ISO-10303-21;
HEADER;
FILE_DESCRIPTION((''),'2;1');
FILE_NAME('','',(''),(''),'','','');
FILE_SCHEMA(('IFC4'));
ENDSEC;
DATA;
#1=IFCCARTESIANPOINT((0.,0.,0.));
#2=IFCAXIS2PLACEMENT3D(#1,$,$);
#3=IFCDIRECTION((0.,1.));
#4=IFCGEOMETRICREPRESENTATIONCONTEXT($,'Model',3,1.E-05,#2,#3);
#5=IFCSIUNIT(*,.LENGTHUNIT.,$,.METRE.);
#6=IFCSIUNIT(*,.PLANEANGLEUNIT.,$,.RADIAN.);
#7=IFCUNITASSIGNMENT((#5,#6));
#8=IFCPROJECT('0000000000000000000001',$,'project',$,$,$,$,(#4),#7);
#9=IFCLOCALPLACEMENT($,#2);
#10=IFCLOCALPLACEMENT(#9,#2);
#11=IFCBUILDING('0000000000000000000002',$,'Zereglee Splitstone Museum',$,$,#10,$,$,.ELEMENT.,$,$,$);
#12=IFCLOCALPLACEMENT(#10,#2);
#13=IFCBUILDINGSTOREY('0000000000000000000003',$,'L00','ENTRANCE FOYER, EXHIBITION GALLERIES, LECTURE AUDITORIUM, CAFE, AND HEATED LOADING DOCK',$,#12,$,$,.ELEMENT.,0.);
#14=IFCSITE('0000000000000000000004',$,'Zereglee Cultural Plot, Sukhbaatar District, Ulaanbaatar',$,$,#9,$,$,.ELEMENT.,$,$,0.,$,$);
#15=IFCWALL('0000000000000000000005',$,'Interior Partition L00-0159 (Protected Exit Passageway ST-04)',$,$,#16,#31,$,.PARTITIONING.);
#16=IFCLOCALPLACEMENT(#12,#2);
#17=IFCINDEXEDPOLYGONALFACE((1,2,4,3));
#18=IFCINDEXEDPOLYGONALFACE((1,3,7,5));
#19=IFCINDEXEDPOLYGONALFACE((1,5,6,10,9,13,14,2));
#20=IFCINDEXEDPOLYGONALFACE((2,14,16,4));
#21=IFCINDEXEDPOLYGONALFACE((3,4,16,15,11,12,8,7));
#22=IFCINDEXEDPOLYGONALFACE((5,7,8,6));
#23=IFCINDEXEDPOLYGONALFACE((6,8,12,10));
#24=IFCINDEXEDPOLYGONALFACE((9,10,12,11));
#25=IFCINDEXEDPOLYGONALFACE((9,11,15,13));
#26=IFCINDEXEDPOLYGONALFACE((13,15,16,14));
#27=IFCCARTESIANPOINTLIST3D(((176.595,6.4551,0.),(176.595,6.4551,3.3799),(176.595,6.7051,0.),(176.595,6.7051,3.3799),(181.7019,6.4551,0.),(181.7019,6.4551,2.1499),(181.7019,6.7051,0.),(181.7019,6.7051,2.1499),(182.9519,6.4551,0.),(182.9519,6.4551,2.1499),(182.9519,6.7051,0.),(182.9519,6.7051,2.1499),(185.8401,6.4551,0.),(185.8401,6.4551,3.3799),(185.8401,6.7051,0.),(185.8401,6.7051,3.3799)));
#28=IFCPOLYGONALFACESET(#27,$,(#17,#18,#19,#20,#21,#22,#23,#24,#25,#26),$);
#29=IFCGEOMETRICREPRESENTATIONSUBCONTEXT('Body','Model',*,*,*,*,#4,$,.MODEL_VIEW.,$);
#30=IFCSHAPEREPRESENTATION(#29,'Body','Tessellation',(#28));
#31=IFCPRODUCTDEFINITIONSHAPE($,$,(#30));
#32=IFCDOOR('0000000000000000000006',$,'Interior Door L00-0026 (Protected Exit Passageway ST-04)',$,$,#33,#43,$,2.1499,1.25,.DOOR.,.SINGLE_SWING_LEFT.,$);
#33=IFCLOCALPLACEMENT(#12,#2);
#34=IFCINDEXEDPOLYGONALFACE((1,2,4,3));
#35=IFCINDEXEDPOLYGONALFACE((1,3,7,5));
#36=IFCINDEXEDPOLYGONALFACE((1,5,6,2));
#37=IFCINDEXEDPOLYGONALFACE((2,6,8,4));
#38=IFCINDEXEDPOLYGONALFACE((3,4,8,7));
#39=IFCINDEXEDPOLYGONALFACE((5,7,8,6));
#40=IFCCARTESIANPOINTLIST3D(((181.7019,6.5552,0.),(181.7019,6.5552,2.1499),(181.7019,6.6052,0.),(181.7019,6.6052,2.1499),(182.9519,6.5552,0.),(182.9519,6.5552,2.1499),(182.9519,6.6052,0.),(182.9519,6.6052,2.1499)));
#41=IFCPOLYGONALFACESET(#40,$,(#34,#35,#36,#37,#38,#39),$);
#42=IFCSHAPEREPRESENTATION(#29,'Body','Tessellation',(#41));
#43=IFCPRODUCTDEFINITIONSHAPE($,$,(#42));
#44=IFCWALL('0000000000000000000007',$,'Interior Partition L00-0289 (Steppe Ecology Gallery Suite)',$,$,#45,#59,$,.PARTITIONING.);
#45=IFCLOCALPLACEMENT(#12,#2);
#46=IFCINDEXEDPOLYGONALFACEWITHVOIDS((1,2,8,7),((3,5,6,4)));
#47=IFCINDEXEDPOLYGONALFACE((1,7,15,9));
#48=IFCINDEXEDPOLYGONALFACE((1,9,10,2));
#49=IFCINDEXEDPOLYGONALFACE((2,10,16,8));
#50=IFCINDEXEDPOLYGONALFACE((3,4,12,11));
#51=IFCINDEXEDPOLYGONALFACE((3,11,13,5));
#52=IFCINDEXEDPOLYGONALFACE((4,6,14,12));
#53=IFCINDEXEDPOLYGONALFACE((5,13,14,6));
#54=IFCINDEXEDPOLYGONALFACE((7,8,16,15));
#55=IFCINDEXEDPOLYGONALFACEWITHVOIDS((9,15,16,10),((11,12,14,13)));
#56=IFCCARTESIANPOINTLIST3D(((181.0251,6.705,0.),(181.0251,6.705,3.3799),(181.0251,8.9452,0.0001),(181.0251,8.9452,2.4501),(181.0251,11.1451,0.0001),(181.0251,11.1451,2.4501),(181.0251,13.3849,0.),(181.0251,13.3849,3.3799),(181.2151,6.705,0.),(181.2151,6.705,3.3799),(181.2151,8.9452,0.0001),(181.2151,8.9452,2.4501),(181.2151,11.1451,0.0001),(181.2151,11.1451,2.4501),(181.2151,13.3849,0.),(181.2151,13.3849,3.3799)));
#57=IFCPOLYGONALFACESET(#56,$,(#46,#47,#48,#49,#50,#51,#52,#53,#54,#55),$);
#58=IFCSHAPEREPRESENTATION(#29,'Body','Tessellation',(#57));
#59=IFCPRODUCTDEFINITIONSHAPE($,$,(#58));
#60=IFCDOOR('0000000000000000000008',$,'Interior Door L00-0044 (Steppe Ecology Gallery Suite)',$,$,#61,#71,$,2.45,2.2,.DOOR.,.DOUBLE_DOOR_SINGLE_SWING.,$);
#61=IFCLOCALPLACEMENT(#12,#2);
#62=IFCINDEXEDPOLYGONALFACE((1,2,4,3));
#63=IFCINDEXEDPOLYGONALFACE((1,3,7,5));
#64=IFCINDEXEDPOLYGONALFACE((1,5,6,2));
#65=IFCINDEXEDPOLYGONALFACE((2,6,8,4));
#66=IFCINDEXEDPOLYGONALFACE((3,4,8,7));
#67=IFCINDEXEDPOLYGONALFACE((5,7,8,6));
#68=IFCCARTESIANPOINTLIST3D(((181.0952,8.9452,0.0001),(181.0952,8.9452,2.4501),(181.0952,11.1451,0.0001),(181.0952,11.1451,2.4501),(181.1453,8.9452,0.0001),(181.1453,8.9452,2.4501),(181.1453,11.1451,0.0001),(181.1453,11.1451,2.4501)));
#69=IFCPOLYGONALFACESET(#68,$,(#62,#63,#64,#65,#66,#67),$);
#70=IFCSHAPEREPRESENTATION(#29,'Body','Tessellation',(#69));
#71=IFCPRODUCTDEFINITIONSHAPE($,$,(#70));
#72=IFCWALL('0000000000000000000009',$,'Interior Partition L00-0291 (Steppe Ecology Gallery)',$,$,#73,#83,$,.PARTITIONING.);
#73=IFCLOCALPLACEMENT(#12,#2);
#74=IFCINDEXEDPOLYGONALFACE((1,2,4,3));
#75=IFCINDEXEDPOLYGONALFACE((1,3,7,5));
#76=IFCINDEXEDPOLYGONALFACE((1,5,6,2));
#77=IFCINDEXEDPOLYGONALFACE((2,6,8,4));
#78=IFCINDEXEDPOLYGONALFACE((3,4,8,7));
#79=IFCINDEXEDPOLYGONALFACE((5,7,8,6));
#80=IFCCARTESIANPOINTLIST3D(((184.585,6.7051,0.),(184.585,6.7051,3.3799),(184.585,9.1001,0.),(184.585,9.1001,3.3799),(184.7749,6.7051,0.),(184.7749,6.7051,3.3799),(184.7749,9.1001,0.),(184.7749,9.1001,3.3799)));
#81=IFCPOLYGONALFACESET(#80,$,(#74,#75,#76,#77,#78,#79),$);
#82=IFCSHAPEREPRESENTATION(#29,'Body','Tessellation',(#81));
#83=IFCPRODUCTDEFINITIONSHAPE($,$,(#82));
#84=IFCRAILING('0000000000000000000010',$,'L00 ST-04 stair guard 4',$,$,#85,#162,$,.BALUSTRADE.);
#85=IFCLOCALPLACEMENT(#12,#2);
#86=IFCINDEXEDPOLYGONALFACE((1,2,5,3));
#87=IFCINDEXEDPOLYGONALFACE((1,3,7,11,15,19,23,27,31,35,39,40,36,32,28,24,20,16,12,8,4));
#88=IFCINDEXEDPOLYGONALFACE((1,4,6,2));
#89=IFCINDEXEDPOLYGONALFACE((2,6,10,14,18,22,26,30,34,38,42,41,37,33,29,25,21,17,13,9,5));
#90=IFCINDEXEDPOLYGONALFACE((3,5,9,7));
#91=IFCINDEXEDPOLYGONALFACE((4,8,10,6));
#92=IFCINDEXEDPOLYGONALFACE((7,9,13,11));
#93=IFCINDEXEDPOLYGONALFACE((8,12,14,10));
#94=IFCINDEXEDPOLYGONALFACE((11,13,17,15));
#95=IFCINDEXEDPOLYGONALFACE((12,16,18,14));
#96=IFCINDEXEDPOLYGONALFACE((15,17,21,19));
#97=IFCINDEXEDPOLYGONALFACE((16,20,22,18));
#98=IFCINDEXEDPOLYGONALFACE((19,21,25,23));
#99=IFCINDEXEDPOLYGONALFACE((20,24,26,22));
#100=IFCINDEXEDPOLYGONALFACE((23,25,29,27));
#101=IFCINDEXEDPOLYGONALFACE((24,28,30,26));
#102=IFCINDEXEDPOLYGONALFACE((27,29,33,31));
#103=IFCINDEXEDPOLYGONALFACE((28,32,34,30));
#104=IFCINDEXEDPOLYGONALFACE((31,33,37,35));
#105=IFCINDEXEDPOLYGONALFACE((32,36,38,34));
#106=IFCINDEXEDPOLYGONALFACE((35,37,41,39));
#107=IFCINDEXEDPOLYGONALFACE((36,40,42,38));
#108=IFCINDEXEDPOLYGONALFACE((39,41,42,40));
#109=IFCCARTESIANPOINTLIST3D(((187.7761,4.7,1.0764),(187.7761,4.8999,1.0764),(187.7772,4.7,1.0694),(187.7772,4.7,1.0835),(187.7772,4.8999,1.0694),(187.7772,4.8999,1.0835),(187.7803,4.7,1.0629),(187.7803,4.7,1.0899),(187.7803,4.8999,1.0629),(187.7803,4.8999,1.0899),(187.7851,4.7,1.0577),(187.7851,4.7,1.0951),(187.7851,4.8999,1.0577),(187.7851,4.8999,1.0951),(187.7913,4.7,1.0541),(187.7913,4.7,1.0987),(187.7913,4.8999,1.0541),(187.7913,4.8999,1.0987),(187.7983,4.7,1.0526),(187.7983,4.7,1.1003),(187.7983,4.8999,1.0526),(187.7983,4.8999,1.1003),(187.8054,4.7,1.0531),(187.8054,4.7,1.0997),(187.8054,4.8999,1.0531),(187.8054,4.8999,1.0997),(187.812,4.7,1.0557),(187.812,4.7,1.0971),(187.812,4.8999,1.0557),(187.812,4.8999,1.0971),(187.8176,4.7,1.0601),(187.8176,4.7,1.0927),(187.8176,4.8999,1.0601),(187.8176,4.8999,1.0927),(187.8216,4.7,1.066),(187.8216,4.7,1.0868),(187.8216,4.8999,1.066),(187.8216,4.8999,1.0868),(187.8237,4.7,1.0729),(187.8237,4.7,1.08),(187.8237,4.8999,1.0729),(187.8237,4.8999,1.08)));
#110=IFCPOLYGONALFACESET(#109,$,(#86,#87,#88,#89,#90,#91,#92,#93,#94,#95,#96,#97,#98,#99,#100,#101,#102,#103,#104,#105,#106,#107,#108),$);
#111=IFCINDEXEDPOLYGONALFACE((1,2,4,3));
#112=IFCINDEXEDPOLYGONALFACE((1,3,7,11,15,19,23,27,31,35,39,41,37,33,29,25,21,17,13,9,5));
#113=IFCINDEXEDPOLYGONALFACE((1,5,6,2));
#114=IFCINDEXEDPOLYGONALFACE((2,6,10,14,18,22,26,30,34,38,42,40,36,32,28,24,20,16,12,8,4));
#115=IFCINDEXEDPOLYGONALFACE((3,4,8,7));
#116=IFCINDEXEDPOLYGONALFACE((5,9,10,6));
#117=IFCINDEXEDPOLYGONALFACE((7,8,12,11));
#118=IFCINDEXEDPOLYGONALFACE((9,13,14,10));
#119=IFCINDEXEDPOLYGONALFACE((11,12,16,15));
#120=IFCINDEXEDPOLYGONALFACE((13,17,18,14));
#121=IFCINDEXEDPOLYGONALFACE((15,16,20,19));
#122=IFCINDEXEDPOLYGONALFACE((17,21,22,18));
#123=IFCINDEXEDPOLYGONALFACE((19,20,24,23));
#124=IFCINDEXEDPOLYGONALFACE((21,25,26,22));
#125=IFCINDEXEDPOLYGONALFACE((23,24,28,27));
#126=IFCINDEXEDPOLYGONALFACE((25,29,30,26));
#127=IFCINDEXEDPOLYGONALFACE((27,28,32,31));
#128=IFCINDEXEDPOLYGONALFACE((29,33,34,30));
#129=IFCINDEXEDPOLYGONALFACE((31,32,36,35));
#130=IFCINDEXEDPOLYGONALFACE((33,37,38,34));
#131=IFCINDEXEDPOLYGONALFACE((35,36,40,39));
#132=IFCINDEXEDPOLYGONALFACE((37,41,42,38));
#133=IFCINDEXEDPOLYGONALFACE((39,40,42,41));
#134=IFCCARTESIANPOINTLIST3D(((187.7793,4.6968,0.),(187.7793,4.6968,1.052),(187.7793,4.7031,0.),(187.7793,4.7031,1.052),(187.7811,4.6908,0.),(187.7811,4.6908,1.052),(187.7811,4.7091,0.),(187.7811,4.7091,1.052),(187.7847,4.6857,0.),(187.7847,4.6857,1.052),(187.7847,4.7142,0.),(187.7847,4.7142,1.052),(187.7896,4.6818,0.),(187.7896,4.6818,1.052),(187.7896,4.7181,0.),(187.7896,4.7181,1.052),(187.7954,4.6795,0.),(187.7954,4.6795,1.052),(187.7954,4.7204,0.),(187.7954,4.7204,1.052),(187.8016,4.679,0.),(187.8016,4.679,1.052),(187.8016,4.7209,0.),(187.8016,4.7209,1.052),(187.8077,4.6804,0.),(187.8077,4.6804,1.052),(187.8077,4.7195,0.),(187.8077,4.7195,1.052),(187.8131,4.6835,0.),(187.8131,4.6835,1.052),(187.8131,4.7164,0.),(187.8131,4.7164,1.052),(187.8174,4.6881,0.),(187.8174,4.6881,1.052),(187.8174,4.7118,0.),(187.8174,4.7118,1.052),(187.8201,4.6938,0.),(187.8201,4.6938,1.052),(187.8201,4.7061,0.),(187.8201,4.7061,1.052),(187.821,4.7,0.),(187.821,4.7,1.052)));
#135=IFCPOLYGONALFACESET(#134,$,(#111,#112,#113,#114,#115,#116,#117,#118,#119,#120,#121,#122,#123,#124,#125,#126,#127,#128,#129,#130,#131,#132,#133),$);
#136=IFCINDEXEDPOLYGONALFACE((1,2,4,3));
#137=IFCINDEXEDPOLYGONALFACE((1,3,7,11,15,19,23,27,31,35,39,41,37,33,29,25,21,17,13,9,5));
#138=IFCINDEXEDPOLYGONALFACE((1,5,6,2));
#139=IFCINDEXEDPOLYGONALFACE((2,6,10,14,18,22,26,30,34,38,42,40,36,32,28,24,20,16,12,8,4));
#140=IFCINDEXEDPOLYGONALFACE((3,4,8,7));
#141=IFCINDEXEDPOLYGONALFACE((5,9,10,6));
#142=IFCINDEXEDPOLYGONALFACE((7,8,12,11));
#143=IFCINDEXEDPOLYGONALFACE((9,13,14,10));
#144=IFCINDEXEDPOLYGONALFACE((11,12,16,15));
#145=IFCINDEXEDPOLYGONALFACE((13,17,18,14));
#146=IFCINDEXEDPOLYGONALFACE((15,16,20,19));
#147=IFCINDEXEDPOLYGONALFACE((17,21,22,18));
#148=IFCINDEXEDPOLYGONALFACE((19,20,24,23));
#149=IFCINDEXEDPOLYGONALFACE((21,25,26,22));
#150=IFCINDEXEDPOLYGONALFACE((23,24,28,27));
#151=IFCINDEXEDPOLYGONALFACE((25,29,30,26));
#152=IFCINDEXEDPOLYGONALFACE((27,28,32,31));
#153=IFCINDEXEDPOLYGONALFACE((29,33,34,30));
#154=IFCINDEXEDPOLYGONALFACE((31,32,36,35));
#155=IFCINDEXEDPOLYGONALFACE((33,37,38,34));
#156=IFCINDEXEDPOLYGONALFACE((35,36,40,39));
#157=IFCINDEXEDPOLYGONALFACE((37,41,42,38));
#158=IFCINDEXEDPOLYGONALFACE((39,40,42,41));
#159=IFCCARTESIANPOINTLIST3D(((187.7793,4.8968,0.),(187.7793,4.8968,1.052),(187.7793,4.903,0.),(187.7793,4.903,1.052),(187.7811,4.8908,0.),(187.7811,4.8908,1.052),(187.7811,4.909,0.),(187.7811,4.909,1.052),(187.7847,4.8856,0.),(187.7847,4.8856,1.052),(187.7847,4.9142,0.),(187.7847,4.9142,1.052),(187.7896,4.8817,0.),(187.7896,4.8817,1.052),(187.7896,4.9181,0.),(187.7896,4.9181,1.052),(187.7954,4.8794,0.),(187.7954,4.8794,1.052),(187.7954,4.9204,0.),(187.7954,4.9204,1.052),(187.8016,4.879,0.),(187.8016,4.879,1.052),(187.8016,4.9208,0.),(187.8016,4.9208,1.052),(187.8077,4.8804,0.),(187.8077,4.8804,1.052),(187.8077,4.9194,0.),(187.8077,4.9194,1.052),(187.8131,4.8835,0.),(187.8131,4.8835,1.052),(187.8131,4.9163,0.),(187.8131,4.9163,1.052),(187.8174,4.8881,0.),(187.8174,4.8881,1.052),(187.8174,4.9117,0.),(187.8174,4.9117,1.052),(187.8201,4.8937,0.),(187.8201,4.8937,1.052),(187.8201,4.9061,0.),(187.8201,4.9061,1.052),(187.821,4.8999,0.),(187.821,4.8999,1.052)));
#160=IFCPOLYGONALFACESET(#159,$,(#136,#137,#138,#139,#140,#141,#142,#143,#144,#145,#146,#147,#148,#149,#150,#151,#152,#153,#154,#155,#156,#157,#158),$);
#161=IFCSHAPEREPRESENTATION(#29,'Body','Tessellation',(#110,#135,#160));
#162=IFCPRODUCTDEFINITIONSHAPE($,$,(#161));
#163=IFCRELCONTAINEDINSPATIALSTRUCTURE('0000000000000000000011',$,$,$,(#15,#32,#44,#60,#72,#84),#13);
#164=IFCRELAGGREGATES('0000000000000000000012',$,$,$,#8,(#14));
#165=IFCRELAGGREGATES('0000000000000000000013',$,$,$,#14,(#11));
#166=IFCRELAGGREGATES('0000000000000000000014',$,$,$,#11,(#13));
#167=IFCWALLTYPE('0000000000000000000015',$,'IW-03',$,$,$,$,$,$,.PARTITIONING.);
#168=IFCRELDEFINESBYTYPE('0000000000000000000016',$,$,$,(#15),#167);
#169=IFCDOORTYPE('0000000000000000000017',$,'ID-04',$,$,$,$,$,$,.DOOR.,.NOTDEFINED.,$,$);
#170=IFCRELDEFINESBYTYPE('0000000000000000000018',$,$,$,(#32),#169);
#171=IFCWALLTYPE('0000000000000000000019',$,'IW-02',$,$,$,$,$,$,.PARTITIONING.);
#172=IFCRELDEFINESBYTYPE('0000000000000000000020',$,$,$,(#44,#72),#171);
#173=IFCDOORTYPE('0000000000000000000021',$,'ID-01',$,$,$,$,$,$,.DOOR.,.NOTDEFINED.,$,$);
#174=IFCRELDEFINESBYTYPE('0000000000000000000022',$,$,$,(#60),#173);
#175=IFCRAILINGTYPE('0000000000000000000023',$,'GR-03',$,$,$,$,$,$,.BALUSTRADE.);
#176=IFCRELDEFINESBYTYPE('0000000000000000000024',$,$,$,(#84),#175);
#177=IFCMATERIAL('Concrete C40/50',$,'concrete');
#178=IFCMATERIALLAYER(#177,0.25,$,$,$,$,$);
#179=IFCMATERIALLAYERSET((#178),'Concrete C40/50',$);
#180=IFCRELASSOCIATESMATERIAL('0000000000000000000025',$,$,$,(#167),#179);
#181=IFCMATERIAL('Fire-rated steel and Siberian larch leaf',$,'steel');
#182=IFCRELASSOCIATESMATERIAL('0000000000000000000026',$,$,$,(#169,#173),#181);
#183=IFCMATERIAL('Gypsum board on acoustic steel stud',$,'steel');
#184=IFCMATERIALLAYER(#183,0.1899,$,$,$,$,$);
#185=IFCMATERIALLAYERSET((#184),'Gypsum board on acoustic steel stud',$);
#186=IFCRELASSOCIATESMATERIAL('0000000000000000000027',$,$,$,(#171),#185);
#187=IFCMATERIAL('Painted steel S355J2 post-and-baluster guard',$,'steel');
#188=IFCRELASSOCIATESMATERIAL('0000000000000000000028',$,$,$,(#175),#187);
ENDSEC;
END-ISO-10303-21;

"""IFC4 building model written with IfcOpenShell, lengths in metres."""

from ifc_helpers import new_model, si_unit, direction, frame, frame_2d, origin, origin_2d, place, context, subcontext, project, spatial, rectangle, circle, extrude, material, layer, layer_set, type_object, element, fill, save


model = new_model("IFC4")

# Units and contexts
model_context = context("Model", 3, precision=1e-05, world=origin(), true_north=direction((0.0, 1.0)))
body_context = subcontext(model_context, "Body", "Model", "MODEL_VIEW")
ifc_project = project(units=[si_unit("LENGTHUNIT", "METRE"), si_unit("PLANEANGLEUNIT", "RADIAN")], contexts=[model_context])

# Site, building, storey
site_placement = place(None, origin())
site = spatial("IfcSite", under=ifc_project, at=site_placement, Name="Zereglee Cultural Plot, Sukhbaatar District, Ulaanbaatar", CompositionType="ELEMENT", RefElevation=0.0)
building_placement = place(site_placement, origin())
building = spatial("IfcBuilding", under=site, at=building_placement, Name="Zereglee Splitstone Museum", CompositionType="ELEMENT")
storey_placement = place(building_placement, origin())
storey = spatial("IfcBuildingStorey", under=building, at=storey_placement, Name="L00", Description="ENTRANCE FOYER, EXHIBITION GALLERIES, LECTURE AUDITORIUM, CAFE, AND HEATED LOADING DOCK", CompositionType="ELEMENT", Elevation=0.0)

# Shared definitions
ifc_material_1 = material(Name="Concrete C40/50", Category="concrete")

# Shared definitions
ifc_material_2 = material(Name="Fire-rated steel and Siberian larch leaf", Category="steel")

# Shared definitions
ifc_layer_1 = layer(ifc_material_1, 0.25)
ifc_layer_set_1 = layer_set([ifc_layer_1], Name="Concrete C40/50")
wall_type_1 = type_object("IfcWallType", Name="IW-03", PredefinedType="PARTITIONING", material=ifc_layer_set_1)

# Walls, openings, doors
wall_1_placement = place(storey_placement, frame((176.595, 6.5801, 0.0), z_axis=(0.0, 0.0, 1.0), x_axis=(1.0, 0.0, 0.0)))
wall_1 = element("IfcWall", 1, at=wall_1_placement, inside=storey, type_object=wall_type_1, Name="Interior Partition L00-0159 (Protected Exit Passageway ST-04)", PredefinedType="PARTITIONING", context=body_context, shape_type="SweptSolid", body=[
    extrude(rectangle(XDim=9.2451, YDim=0.25, at=frame_2d((4.6226, 0.0))), origin(), (0.0, 0.0, 1.0), 3.3799),
])
opening_1_placement = place(wall_1_placement, frame((5.1069, 0.0, 0.0)))
opening_1 = element("IfcOpeningElement", 2, at=opening_1_placement, cuts=wall_1, PredefinedType="OPENING", context=body_context, shape_type="SweptSolid", body=[
    extrude(rectangle(XDim=1.25, YDim=2.1499, at=frame_2d((0.625, 1.075))), frame((0.0, 0.1399, 0.0), z_axis=(0.0, -1.0, 0.0), x_axis=(1.0, 0.0, 0.0)), (0.0, 0.0, 1.0), 0.2798),
])
door_type_1 = type_object("IfcDoorType", Name="ID-04", OperationType="NOTDEFINED", PredefinedType="DOOR", material=ifc_material_2)
door_1_placement = place(opening_1_placement, frame((1.25, 0.0, 0.0), z_axis=(0.0, 0.0, 1.0), x_axis=(-1.0, 0.0, 0.0)))
door_1 = element("IfcDoor", 3, at=door_1_placement, inside=storey, type_object=door_type_1, Name="Interior Door L00-0026 (Protected Exit Passageway ST-04)", OperationType="SINGLE_SWING_LEFT", OverallHeight=2.1499, OverallWidth=1.25, PredefinedType="DOOR", context=body_context, shape_type="SweptSolid", body=[
    extrude(rectangle(XDim=1.25, YDim=2.1499, at=frame_2d((0.625, 1.075))), frame((0.0, 0.0249, 0.0), z_axis=(0.0, -1.0, 0.0), x_axis=(1.0, 0.0, 0.0)), (0.0, 0.0, 1.0), 0.05),
])
fill(opening_1, door_1)
ifc_material_3 = material(Name="Gypsum board on acoustic steel stud", Category="steel")
ifc_layer_2 = layer(ifc_material_3, 0.1899)
ifc_layer_set_2 = layer_set([ifc_layer_2], Name="Gypsum board on acoustic steel stud")
wall_type_2 = type_object("IfcWallType", Name="IW-02", PredefinedType="PARTITIONING", material=ifc_layer_set_2)
wall_2_placement = place(storey_placement, frame((181.1201, 6.7051, 0.0), z_axis=(0.0, 0.0, 1.0), x_axis=(0.0, 1.0, 0.0)))
wall_2 = element("IfcWall", 4, at=wall_2_placement, inside=storey, type_object=wall_type_2, Name="Interior Partition L00-0289 (Steppe Ecology Gallery Suite)", PredefinedType="PARTITIONING", context=body_context, shape_type="SweptSolid", body=[
    extrude(rectangle(XDim=6.6799, YDim=0.1899, at=frame_2d((3.3398, 0.0))), origin(), (0.0, 0.0, 1.0), 3.3799),
])
opening_2_placement = place(wall_2_placement, frame((2.24, 0.0, 0.0)))
opening_2 = element("IfcOpeningElement", 5, at=opening_2_placement, cuts=wall_2, PredefinedType="OPENING", context=body_context, shape_type="SweptSolid", body=[
    extrude(rectangle(XDim=2.2, YDim=2.45, at=frame_2d((1.1001, 1.2251))), frame((0.0, 0.1099, 0.0), z_axis=(0.0, -1.0, 0.0), x_axis=(1.0, 0.0, 0.0)), (0.0, 0.0, 1.0), 0.2197),
])
door_type_2 = type_object("IfcDoorType", Name="ID-01", OperationType="NOTDEFINED", PredefinedType="DOOR", material=ifc_material_2)
door_2_placement = place(opening_2_placement, origin())
door_2 = element("IfcDoor", 6, at=door_2_placement, inside=storey, type_object=door_type_2, Name="Interior Door L00-0044 (Steppe Ecology Gallery Suite)", OperationType="DOUBLE_DOOR_SINGLE_SWING", OverallHeight=2.45, OverallWidth=2.2, PredefinedType="DOOR", context=body_context, shape_type="SweptSolid", body=[
    extrude(rectangle(XDim=2.2, YDim=2.45, at=frame_2d((1.1001, 1.2251))), frame((0.0, 0.0249, 0.0), z_axis=(0.0, -1.0, 0.0), x_axis=(1.0, 0.0, 0.0)), (0.0, 0.0, 1.0), 0.05),
])
fill(opening_2, door_2)

# Wall
wall_3_placement = place(storey_placement, frame((184.6799, 6.7051, 0.0), z_axis=(0.0, 0.0, 1.0), x_axis=(0.0, 1.0, 0.0)))
element("IfcWall", 7, at=wall_3_placement, inside=storey, type_object=wall_type_2, Name="Interior Partition L00-0291 (Steppe Ecology Gallery)", PredefinedType="PARTITIONING", context=body_context, shape_type="SweptSolid", body=[
    extrude(rectangle(XDim=2.395, YDim=0.1899, at=frame_2d((1.1975, 0.0))), origin(), (0.0, 0.0, 1.0), 3.3799),
])

# Railing
ifc_material_4 = material(Name="Painted steel S355J2 post-and-baluster guard", Category="steel")
railing_type_1 = type_object("IfcRailingType", Name="GR-03", PredefinedType="BALUSTRADE", material=ifc_material_4)
railing_1_placement = place(storey_placement, frame((187.8, 4.7, 0.0)))
element("IfcRailing", 8, at=railing_1_placement, inside=storey, type_object=railing_type_1, Name="L00 ST-04 stair guard 4", PredefinedType="BALUSTRADE", context=body_context, shape_type="SweptSolid", body=[
    extrude(circle(Radius=0.0239, at=origin_2d()), frame((0.0, 0.0, 1.0764), z_axis=(0.0, 1.0, 0.0), x_axis=(-1.0, 0.0, 0.0)), (0.0, 0.0, 1.0), 0.2),
    extrude(circle(Radius=0.021, at=origin_2d()), origin(), (0.0, 0.0, 1.0), 1.052),
    extrude(circle(Radius=0.021, at=origin_2d()), frame((0.0, 0.2, 0.0)), (0.0, 0.0, 1.0), 1.052),
])

save(model, "model.ifc")
